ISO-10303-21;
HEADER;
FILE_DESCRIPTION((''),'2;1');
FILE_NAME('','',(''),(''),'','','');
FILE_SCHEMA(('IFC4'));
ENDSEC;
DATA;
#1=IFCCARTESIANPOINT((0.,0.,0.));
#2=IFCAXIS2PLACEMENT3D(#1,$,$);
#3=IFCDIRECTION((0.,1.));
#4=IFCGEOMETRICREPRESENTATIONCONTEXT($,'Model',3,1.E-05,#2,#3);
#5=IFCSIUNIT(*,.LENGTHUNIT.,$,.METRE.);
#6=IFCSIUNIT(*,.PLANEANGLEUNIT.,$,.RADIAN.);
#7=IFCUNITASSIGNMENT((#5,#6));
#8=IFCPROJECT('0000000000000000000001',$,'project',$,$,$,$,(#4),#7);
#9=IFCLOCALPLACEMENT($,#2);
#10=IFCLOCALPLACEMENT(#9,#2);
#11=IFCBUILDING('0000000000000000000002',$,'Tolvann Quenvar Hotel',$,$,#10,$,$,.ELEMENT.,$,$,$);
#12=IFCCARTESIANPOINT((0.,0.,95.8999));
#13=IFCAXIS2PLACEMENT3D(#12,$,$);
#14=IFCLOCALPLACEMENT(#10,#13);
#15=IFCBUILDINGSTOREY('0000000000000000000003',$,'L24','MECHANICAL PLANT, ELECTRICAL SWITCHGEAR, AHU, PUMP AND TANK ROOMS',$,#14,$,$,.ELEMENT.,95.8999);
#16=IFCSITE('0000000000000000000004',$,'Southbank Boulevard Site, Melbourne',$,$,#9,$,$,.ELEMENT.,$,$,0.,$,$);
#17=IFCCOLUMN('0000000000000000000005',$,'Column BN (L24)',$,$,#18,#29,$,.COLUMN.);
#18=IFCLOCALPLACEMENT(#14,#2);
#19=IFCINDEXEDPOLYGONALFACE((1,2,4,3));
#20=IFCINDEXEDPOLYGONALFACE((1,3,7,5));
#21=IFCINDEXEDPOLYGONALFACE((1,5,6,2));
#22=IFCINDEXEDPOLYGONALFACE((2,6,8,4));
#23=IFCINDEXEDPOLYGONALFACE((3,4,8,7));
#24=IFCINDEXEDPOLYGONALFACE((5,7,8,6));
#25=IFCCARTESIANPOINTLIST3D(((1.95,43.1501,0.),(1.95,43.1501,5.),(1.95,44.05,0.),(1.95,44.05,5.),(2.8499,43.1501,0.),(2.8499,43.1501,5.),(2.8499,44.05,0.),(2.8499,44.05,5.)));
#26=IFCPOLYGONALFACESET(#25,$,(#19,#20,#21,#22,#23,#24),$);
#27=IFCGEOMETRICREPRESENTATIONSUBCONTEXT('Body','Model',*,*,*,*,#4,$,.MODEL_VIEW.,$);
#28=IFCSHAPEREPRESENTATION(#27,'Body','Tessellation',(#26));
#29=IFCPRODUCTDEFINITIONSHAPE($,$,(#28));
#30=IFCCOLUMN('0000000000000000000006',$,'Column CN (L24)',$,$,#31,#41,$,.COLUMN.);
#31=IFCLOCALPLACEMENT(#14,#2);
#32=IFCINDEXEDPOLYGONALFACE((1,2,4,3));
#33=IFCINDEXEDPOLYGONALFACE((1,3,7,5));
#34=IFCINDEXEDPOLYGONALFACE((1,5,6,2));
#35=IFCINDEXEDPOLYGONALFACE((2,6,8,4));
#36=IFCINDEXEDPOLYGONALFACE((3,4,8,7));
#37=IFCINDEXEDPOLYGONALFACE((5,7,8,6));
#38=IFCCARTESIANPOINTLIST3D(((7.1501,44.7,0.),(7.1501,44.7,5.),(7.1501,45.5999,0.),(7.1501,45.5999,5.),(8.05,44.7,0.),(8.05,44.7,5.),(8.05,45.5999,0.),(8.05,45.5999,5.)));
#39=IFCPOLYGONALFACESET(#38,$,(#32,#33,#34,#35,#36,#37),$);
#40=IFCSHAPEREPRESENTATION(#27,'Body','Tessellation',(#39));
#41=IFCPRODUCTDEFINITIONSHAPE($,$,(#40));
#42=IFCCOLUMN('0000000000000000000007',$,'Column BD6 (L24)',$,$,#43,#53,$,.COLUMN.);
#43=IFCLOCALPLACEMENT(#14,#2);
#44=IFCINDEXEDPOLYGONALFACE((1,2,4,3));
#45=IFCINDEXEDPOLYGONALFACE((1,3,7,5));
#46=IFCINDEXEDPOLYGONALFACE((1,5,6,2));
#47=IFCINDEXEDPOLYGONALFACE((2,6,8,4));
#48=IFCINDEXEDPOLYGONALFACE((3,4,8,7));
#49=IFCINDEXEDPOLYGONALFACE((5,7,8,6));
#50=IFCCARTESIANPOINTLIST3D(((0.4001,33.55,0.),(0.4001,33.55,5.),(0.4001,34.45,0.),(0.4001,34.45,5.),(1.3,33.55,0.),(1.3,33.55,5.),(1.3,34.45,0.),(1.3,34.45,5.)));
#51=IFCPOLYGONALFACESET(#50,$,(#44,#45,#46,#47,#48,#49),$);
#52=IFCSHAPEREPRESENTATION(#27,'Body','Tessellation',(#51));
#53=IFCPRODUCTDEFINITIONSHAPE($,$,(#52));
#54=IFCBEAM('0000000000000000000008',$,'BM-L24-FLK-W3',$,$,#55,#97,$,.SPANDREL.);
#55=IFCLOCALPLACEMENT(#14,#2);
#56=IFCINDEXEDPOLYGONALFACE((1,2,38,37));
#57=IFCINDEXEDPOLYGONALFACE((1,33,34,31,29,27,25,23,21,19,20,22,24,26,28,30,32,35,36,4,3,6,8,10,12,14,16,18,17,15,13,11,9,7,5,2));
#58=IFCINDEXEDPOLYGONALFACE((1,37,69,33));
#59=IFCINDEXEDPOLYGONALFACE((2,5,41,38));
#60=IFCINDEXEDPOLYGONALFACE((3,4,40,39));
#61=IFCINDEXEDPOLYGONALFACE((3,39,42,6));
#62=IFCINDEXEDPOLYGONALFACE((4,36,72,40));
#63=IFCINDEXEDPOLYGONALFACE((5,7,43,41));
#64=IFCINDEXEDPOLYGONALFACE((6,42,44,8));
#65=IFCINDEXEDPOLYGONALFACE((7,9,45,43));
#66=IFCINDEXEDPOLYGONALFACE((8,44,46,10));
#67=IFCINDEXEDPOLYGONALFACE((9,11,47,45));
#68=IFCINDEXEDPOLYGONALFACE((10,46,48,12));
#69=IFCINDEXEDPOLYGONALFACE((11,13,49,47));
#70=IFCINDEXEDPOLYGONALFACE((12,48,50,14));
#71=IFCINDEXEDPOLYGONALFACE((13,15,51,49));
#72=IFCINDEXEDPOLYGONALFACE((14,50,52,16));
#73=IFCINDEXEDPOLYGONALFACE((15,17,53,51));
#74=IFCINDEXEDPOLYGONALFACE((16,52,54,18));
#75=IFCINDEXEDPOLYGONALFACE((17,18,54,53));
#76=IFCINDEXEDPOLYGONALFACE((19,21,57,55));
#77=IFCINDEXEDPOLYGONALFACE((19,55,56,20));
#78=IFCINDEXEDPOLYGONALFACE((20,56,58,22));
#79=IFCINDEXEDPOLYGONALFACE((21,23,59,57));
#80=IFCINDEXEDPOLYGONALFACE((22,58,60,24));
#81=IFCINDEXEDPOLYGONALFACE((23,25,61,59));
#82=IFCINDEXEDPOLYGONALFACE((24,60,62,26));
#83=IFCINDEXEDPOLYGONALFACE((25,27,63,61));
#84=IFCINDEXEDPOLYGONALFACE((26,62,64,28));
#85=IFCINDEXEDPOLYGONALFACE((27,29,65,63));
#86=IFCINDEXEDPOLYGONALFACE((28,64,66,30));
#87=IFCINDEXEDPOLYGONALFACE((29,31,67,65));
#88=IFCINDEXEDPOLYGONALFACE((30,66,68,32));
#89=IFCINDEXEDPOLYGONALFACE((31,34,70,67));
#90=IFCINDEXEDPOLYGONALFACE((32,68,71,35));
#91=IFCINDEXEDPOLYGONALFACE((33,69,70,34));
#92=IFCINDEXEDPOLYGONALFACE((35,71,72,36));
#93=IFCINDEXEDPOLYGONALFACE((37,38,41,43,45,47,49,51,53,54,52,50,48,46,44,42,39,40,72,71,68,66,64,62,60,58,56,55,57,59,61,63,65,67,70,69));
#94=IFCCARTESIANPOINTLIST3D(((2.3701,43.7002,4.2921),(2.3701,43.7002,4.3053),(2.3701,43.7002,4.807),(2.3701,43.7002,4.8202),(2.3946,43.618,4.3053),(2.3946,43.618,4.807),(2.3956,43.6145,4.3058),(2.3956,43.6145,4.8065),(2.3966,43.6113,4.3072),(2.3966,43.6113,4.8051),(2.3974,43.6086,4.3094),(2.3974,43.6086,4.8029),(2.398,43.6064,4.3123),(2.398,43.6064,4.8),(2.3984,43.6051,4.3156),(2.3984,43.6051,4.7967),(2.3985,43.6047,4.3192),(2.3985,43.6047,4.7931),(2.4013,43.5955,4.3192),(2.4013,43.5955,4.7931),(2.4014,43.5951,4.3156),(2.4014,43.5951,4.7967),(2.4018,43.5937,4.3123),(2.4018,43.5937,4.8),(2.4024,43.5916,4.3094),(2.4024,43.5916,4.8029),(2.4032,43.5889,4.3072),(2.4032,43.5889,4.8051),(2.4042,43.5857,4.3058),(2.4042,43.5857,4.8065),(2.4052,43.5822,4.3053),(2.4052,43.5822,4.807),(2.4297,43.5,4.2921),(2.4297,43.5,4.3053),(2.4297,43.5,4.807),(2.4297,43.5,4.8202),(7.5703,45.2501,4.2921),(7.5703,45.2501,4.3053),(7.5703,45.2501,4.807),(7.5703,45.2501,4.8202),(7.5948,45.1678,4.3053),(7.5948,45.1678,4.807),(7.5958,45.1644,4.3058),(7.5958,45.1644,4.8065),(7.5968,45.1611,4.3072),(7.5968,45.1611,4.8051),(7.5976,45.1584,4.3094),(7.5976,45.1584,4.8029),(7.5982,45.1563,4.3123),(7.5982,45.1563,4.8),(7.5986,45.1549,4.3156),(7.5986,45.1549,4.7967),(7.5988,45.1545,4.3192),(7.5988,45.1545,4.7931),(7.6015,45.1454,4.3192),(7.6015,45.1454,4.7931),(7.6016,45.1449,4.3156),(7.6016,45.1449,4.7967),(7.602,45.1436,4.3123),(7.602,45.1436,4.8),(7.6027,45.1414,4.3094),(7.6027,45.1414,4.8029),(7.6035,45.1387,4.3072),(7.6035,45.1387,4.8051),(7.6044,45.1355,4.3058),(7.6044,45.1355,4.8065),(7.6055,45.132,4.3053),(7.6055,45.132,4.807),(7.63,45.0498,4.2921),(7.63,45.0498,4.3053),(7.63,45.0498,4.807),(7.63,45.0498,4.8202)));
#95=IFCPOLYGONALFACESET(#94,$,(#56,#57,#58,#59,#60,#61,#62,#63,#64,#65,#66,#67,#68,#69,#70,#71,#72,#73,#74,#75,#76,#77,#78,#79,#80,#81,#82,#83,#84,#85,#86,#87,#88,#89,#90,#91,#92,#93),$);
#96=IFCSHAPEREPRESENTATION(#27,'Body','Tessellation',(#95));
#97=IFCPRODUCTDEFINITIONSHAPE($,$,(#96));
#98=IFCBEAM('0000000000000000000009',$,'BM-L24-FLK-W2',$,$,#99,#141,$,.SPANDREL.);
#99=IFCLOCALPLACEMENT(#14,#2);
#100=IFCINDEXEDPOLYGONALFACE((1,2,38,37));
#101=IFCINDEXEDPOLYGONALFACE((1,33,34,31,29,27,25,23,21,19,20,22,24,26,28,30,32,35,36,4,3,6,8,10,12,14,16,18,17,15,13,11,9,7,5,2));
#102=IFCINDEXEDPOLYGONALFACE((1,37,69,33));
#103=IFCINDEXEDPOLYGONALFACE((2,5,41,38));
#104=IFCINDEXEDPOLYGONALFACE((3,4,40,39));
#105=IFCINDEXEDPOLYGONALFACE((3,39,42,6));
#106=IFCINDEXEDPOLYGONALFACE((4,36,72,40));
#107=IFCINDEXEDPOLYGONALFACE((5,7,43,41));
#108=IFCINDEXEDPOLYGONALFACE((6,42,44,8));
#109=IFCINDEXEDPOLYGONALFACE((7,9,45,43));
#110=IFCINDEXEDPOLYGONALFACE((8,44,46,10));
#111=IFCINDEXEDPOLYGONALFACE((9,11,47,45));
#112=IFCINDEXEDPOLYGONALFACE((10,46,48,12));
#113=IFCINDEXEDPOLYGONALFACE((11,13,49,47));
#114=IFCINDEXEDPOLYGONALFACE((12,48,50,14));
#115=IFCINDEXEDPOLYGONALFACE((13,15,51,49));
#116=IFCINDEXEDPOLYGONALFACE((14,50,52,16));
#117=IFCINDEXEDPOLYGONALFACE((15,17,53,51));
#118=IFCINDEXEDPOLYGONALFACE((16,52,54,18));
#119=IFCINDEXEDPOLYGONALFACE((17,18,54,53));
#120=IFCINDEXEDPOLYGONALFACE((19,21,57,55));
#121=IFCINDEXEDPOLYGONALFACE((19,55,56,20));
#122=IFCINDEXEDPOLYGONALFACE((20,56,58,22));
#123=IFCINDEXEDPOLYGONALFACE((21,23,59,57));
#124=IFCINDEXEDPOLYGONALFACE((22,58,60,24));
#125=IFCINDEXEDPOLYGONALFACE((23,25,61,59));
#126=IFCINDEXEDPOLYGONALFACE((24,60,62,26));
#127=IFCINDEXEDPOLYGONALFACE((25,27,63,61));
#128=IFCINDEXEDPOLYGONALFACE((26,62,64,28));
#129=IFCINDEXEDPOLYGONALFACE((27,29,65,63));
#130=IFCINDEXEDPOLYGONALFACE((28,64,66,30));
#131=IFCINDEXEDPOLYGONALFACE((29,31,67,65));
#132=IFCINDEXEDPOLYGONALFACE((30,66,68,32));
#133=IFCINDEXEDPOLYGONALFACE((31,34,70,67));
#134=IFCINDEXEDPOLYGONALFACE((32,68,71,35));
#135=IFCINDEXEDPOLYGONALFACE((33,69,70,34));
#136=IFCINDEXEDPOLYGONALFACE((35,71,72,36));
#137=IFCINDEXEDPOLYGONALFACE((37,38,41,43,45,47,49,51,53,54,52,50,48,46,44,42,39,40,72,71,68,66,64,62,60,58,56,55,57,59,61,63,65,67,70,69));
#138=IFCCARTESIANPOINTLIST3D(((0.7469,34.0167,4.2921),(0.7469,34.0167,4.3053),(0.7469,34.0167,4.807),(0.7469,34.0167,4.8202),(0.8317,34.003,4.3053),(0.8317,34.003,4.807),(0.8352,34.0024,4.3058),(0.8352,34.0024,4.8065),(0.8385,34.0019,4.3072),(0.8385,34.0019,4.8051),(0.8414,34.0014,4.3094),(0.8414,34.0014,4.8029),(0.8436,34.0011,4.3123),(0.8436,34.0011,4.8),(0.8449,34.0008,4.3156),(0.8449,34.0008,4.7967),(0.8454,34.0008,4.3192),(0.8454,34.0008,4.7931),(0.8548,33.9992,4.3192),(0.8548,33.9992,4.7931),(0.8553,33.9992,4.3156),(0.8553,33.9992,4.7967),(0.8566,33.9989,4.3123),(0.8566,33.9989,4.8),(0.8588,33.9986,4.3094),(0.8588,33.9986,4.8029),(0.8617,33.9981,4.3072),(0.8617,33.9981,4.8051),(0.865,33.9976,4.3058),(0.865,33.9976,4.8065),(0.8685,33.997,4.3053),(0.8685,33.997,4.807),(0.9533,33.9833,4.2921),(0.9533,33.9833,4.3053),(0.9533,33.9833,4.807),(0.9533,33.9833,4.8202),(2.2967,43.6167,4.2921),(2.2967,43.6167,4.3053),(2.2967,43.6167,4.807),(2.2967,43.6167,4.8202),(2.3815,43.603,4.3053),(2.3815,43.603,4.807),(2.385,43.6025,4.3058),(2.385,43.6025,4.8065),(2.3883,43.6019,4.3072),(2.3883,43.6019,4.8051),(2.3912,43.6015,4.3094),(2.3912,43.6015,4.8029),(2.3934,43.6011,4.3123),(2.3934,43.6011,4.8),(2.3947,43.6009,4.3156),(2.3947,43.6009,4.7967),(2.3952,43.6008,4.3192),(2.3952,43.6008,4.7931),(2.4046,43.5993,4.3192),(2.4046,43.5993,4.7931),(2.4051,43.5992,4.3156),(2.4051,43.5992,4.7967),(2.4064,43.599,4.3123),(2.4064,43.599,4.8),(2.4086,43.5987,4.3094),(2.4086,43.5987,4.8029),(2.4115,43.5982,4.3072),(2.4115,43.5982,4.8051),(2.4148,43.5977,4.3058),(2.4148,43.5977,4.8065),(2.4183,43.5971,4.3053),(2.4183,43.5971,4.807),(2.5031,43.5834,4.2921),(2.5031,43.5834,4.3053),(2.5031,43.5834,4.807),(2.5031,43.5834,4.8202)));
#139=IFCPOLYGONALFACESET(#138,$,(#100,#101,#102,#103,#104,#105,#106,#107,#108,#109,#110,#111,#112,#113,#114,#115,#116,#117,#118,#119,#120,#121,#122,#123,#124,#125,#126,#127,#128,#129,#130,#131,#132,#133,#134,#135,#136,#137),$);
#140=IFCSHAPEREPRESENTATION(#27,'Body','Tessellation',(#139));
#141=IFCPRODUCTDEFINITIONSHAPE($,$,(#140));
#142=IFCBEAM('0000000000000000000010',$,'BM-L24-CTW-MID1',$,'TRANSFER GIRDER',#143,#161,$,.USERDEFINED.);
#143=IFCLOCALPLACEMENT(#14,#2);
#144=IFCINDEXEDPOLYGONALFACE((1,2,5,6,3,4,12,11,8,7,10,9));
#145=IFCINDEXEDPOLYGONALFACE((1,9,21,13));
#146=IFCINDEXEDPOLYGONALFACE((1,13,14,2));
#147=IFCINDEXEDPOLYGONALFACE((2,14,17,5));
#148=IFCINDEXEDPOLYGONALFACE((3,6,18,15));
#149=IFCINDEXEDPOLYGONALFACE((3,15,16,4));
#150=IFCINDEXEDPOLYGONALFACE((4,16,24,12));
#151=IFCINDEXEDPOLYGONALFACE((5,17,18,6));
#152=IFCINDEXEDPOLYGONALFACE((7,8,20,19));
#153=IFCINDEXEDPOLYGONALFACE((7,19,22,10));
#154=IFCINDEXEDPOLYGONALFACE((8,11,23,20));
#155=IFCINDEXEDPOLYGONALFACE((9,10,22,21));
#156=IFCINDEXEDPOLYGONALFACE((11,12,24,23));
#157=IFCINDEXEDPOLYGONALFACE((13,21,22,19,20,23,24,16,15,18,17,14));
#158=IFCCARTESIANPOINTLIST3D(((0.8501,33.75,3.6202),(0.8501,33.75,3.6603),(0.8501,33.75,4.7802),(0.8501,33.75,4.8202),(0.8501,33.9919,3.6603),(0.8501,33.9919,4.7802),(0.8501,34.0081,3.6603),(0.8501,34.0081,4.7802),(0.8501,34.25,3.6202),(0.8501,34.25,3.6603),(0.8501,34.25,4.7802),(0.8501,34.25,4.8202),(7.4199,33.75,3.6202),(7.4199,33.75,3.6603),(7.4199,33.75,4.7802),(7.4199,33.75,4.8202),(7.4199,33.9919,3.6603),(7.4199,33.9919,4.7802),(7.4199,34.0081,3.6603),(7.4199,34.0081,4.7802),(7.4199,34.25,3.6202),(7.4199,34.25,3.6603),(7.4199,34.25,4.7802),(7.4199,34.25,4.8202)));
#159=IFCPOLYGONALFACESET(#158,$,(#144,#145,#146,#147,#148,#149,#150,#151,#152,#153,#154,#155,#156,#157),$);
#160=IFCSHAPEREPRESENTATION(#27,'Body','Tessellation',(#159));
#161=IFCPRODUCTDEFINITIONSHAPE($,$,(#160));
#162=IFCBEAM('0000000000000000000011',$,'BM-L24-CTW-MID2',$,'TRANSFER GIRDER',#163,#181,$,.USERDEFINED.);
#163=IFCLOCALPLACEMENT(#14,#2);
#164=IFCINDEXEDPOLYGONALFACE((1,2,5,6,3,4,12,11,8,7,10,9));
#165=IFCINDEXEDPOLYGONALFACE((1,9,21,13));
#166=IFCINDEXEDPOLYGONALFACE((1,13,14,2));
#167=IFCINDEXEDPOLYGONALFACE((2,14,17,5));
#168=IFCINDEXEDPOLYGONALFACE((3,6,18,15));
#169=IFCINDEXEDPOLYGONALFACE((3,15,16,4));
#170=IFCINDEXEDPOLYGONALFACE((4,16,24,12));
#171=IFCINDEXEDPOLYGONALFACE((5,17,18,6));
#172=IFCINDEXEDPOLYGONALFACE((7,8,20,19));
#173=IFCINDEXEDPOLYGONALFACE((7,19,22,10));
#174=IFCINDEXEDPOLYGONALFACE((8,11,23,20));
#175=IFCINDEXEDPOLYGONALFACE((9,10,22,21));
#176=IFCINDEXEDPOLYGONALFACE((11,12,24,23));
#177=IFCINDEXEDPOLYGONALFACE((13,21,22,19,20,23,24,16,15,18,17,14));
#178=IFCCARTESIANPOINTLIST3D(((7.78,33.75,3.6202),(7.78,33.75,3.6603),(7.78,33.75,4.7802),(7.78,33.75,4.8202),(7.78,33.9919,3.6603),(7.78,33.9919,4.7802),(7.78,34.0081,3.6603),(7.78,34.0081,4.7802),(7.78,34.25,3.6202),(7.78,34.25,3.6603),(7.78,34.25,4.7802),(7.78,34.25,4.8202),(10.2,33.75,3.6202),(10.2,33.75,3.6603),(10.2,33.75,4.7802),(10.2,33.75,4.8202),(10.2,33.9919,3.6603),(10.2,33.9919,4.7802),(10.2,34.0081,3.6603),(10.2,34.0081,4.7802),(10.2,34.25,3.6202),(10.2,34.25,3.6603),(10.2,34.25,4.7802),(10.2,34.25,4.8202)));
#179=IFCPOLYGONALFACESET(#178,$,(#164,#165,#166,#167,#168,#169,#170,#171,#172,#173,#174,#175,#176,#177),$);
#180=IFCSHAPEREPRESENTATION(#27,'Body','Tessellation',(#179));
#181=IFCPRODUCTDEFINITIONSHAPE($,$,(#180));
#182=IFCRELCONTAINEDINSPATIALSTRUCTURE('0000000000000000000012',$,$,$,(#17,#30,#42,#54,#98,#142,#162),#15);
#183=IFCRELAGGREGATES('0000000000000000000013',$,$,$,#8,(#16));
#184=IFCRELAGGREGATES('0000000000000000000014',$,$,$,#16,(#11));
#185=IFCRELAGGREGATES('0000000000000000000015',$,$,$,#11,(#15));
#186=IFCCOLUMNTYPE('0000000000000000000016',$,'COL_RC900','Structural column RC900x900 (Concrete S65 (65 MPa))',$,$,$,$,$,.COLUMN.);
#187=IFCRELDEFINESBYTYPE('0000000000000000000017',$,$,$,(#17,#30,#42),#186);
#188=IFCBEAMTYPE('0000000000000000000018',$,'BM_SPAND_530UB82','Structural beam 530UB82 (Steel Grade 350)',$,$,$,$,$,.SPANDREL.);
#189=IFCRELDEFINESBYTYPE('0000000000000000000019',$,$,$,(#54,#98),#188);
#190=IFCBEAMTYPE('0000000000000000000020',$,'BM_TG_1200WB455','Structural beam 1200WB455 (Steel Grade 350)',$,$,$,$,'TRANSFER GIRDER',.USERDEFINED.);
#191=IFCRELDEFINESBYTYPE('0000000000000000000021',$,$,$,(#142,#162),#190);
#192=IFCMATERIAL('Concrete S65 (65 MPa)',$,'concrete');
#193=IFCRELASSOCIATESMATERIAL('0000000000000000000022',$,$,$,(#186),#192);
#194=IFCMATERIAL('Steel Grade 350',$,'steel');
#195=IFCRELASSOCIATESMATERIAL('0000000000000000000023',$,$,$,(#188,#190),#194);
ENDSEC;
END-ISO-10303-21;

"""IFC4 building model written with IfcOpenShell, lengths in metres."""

from ifc_helpers import new_model, si_unit, direction, frame, origin, origin_2d, place, context, subcontext, project, spatial, rectangle, i_section, extrude, source, transform, mapped, material, material_profile, profile_set, type_object, type_shapes, element, save


model = new_model("IFC4")

# Units and contexts
model_context = context("Model", 3, precision=1e-05, world=origin(), true_north=direction((0.0, 1.0)))
body_context = subcontext(model_context, "Body", "Model", "MODEL_VIEW")
ifc_project = project(units=[si_unit("LENGTHUNIT", "METRE"), si_unit("PLANEANGLEUNIT", "RADIAN")], contexts=[model_context])

# Site, building, storey
site_placement = place(None, origin())
site = spatial("IfcSite", under=ifc_project, at=site_placement, Name="Southbank Boulevard Site, Melbourne", CompositionType="ELEMENT", RefElevation=0.0)
building_placement = place(site_placement, origin())
building = spatial("IfcBuilding", under=site, at=building_placement, Name="Tolvann Quenvar Hotel", CompositionType="ELEMENT")
storey_placement = place(building_placement, frame((0.0, 0.0, 95.8999)))
storey = spatial("IfcBuildingStorey", under=building, at=storey_placement, Name="L24", Description="MECHANICAL PLANT, ELECTRICAL SWITCHGEAR, AHU, PUMP AND TANK ROOMS", CompositionType="ELEMENT", Elevation=95.8999)

# Columns
ifc_material_1 = material(Name="Concrete S65 (65 MPa)", Category="concrete")
ifc_material_profile_1 = material_profile(ifc_material_1, rectangle(XDim=0.8999, YDim=0.8999, at=origin_2d()), Name="RC900x900")
ifc_profile_set_1 = profile_set([ifc_material_profile_1], Name="Concrete S65 (65 MPa)")
column_type = type_object("IfcColumnType", Name="COL_RC900", Description="Structural column RC900x900 (Concrete S65 (65 MPa))", PredefinedType="COLUMN", material=ifc_profile_set_1)
shared_shape_1 = source(origin(), body_context, "Body", "SweptSolid", [
    extrude(rectangle(XDim=0.8999, YDim=0.8999, at=origin_2d()), origin(), (0.0, 0.0, 1.0), 5.0),
])
type_shapes(column_type, [shared_shape_1])
for number, where, z_axis, x_axis, name in (
    (1, (2.3999, 43.6001, 0.0), (0.0, 0.0, 1.0), (1.0, 0.0, 0.0), "Column BN (L24)"),
    (2, (7.6001, 45.1499, 0.0), (0.0, 0.0, 1.0), (1.0, 0.0, 0.0), "Column CN (L24)"),
    (3, (0.8501, 34.0, 0.0), (0.0, 0.0, 1.0), (1.0, 0.0, 0.0), "Column BD6 (L24)"),
):
    element("IfcColumn", number, at=place(storey_placement, frame(where, z_axis=z_axis, x_axis=x_axis)), inside=storey, type_object=column_type, Name=name, PredefinedType="COLUMN", context=body_context, shape_type="MappedRepresentation", body=[
        mapped(shared_shape_1, transform((0.0, 0.0, 0.0), x_axis=(1.0, 0.0, 0.0), y_axis=(0.0, 1.0, 0.0), z_axis=(0.0, 0.0, 1.0), scale=1.0)),
    ])

# Beams
ifc_material_2 = material(Name="Steel Grade 350", Category="steel")
ifc_material_profile_2 = material_profile(ifc_material_2, i_section(OverallWidth=0.209, OverallDepth=0.5281, WebThickness=0.0095, FlangeThickness=0.0132, FilletRadius=0.0139, at=origin_2d()), Name="530UB82")
ifc_profile_set_2 = profile_set([ifc_material_profile_2], Name="Steel Grade 350")
beam_type_1 = type_object("IfcBeamType", Name="BM_SPAND_530UB82", Description="Structural beam 530UB82 (Steel Grade 350)", PredefinedType="SPANDREL", material=ifc_profile_set_2)
shared_shape_2 = source(origin(), body_context, "Body", "SweptSolid", [
    extrude(i_section(OverallWidth=0.209, OverallDepth=0.5281, WebThickness=0.0095, FlangeThickness=0.0132, FilletRadius=0.0139, at=origin_2d()), origin(), (0.0, 0.0, 1.0), 5.4263),
])
beam_1_placement = place(storey_placement, frame((2.3999, 43.6001, 4.5562), z_axis=(0.958345, 0.285614, 0.0), x_axis=(-0.285614, 0.958345, 0.0)))
element("IfcBeam", 4, at=beam_1_placement, inside=storey, type_object=beam_type_1, Name="BM-L24-FLK-W3", PredefinedType="SPANDREL", context=body_context, shape_type="MappedRepresentation", body=[
    mapped(shared_shape_2, transform((0.0, 0.0, 0.0), x_axis=(1.0, 0.0, 0.0), y_axis=(0.0, 1.0, 0.0), z_axis=(0.0, 0.0, 1.0), scale=1.0)),
])
shared_shape_3 = source(origin(), body_context, "Body", "SweptSolid", [
    extrude(i_section(OverallWidth=0.209, OverallDepth=0.5281, WebThickness=0.0095, FlangeThickness=0.0132, FilletRadius=0.0139, at=origin_2d()), origin(), (0.0, 0.0, 1.0), 9.7244),
])
type_shapes(beam_type_1, [shared_shape_2, shared_shape_3])
beam_2_placement = place(storey_placement, frame((0.8501, 34.0, 4.5562), z_axis=(0.159373, 0.987218, 0.0), x_axis=(-0.987218, 0.159373, 0.0)))
element("IfcBeam", 5, at=beam_2_placement, inside=storey, type_object=beam_type_1, Name="BM-L24-FLK-W2", PredefinedType="SPANDREL", context=body_context, shape_type="MappedRepresentation", body=[
    mapped(shared_shape_3, transform((0.0, 0.0, 0.0), x_axis=(1.0, 0.0, 0.0), y_axis=(0.0, 1.0, 0.0), z_axis=(0.0, 0.0, 1.0), scale=1.0)),
])
ifc_material_profile_3 = material_profile(ifc_material_2, i_section(OverallWidth=0.5, OverallDepth=1.2, WebThickness=0.0161, FlangeThickness=0.04, at=origin_2d()), Name="1200WB455")
ifc_profile_set_3 = profile_set([ifc_material_profile_3], Name="Steel Grade 350")
beam_type_2 = type_object("IfcBeamType", Name="BM_TG_1200WB455", Description="Structural beam 1200WB455 (Steel Grade 350)", ElementType="TRANSFER GIRDER", PredefinedType="USERDEFINED", material=ifc_profile_set_3)
shared_shape_4 = source(origin(), body_context, "Body", "SweptSolid", [
    extrude(i_section(OverallWidth=0.5, OverallDepth=1.2, WebThickness=0.0161, FlangeThickness=0.04, at=origin_2d()), origin(), (0.0, 0.0, 1.0), 6.5698),
])
beam_3_placement = place(storey_placement, frame((0.8501, 34.0, 4.2202), z_axis=(1.0, 0.0, 0.0), x_axis=(0.0, 1.0, 0.0)))
element("IfcBeam", 6, at=beam_3_placement, inside=storey, type_object=beam_type_2, Name="BM-L24-CTW-MID1", ObjectType="TRANSFER GIRDER", PredefinedType="USERDEFINED", context=body_context, shape_type="MappedRepresentation", body=[
    mapped(shared_shape_4, transform((0.0, 0.0, 0.0), x_axis=(1.0, 0.0, 0.0), y_axis=(0.0, 1.0, 0.0), z_axis=(0.0, 0.0, 1.0), scale=1.0)),
])
shared_shape_5 = source(origin(), body_context, "Body", "SweptSolid", [
    extrude(i_section(OverallWidth=0.5, OverallDepth=1.2, WebThickness=0.0161, FlangeThickness=0.04, at=origin_2d()), origin(), (0.0, 0.0, 1.0), 2.4199),
])
beam_4_placement = place(storey_placement, frame((7.78, 34.0, 4.2202), z_axis=(1.0, 0.0, 0.0), x_axis=(0.0, 1.0, 0.0)))
element("IfcBeam", 7, at=beam_4_placement, inside=storey, type_object=beam_type_2, Name="BM-L24-CTW-MID2", ObjectType="TRANSFER GIRDER", PredefinedType="USERDEFINED", context=body_context, shape_type="MappedRepresentation", body=[
    mapped(shared_shape_5, transform((0.0, 0.0, 0.0), x_axis=(1.0, 0.0, 0.0), y_axis=(0.0, 1.0, 0.0), z_axis=(0.0, 0.0, 1.0), scale=1.0)),
])

save(model, "model.ifc")
